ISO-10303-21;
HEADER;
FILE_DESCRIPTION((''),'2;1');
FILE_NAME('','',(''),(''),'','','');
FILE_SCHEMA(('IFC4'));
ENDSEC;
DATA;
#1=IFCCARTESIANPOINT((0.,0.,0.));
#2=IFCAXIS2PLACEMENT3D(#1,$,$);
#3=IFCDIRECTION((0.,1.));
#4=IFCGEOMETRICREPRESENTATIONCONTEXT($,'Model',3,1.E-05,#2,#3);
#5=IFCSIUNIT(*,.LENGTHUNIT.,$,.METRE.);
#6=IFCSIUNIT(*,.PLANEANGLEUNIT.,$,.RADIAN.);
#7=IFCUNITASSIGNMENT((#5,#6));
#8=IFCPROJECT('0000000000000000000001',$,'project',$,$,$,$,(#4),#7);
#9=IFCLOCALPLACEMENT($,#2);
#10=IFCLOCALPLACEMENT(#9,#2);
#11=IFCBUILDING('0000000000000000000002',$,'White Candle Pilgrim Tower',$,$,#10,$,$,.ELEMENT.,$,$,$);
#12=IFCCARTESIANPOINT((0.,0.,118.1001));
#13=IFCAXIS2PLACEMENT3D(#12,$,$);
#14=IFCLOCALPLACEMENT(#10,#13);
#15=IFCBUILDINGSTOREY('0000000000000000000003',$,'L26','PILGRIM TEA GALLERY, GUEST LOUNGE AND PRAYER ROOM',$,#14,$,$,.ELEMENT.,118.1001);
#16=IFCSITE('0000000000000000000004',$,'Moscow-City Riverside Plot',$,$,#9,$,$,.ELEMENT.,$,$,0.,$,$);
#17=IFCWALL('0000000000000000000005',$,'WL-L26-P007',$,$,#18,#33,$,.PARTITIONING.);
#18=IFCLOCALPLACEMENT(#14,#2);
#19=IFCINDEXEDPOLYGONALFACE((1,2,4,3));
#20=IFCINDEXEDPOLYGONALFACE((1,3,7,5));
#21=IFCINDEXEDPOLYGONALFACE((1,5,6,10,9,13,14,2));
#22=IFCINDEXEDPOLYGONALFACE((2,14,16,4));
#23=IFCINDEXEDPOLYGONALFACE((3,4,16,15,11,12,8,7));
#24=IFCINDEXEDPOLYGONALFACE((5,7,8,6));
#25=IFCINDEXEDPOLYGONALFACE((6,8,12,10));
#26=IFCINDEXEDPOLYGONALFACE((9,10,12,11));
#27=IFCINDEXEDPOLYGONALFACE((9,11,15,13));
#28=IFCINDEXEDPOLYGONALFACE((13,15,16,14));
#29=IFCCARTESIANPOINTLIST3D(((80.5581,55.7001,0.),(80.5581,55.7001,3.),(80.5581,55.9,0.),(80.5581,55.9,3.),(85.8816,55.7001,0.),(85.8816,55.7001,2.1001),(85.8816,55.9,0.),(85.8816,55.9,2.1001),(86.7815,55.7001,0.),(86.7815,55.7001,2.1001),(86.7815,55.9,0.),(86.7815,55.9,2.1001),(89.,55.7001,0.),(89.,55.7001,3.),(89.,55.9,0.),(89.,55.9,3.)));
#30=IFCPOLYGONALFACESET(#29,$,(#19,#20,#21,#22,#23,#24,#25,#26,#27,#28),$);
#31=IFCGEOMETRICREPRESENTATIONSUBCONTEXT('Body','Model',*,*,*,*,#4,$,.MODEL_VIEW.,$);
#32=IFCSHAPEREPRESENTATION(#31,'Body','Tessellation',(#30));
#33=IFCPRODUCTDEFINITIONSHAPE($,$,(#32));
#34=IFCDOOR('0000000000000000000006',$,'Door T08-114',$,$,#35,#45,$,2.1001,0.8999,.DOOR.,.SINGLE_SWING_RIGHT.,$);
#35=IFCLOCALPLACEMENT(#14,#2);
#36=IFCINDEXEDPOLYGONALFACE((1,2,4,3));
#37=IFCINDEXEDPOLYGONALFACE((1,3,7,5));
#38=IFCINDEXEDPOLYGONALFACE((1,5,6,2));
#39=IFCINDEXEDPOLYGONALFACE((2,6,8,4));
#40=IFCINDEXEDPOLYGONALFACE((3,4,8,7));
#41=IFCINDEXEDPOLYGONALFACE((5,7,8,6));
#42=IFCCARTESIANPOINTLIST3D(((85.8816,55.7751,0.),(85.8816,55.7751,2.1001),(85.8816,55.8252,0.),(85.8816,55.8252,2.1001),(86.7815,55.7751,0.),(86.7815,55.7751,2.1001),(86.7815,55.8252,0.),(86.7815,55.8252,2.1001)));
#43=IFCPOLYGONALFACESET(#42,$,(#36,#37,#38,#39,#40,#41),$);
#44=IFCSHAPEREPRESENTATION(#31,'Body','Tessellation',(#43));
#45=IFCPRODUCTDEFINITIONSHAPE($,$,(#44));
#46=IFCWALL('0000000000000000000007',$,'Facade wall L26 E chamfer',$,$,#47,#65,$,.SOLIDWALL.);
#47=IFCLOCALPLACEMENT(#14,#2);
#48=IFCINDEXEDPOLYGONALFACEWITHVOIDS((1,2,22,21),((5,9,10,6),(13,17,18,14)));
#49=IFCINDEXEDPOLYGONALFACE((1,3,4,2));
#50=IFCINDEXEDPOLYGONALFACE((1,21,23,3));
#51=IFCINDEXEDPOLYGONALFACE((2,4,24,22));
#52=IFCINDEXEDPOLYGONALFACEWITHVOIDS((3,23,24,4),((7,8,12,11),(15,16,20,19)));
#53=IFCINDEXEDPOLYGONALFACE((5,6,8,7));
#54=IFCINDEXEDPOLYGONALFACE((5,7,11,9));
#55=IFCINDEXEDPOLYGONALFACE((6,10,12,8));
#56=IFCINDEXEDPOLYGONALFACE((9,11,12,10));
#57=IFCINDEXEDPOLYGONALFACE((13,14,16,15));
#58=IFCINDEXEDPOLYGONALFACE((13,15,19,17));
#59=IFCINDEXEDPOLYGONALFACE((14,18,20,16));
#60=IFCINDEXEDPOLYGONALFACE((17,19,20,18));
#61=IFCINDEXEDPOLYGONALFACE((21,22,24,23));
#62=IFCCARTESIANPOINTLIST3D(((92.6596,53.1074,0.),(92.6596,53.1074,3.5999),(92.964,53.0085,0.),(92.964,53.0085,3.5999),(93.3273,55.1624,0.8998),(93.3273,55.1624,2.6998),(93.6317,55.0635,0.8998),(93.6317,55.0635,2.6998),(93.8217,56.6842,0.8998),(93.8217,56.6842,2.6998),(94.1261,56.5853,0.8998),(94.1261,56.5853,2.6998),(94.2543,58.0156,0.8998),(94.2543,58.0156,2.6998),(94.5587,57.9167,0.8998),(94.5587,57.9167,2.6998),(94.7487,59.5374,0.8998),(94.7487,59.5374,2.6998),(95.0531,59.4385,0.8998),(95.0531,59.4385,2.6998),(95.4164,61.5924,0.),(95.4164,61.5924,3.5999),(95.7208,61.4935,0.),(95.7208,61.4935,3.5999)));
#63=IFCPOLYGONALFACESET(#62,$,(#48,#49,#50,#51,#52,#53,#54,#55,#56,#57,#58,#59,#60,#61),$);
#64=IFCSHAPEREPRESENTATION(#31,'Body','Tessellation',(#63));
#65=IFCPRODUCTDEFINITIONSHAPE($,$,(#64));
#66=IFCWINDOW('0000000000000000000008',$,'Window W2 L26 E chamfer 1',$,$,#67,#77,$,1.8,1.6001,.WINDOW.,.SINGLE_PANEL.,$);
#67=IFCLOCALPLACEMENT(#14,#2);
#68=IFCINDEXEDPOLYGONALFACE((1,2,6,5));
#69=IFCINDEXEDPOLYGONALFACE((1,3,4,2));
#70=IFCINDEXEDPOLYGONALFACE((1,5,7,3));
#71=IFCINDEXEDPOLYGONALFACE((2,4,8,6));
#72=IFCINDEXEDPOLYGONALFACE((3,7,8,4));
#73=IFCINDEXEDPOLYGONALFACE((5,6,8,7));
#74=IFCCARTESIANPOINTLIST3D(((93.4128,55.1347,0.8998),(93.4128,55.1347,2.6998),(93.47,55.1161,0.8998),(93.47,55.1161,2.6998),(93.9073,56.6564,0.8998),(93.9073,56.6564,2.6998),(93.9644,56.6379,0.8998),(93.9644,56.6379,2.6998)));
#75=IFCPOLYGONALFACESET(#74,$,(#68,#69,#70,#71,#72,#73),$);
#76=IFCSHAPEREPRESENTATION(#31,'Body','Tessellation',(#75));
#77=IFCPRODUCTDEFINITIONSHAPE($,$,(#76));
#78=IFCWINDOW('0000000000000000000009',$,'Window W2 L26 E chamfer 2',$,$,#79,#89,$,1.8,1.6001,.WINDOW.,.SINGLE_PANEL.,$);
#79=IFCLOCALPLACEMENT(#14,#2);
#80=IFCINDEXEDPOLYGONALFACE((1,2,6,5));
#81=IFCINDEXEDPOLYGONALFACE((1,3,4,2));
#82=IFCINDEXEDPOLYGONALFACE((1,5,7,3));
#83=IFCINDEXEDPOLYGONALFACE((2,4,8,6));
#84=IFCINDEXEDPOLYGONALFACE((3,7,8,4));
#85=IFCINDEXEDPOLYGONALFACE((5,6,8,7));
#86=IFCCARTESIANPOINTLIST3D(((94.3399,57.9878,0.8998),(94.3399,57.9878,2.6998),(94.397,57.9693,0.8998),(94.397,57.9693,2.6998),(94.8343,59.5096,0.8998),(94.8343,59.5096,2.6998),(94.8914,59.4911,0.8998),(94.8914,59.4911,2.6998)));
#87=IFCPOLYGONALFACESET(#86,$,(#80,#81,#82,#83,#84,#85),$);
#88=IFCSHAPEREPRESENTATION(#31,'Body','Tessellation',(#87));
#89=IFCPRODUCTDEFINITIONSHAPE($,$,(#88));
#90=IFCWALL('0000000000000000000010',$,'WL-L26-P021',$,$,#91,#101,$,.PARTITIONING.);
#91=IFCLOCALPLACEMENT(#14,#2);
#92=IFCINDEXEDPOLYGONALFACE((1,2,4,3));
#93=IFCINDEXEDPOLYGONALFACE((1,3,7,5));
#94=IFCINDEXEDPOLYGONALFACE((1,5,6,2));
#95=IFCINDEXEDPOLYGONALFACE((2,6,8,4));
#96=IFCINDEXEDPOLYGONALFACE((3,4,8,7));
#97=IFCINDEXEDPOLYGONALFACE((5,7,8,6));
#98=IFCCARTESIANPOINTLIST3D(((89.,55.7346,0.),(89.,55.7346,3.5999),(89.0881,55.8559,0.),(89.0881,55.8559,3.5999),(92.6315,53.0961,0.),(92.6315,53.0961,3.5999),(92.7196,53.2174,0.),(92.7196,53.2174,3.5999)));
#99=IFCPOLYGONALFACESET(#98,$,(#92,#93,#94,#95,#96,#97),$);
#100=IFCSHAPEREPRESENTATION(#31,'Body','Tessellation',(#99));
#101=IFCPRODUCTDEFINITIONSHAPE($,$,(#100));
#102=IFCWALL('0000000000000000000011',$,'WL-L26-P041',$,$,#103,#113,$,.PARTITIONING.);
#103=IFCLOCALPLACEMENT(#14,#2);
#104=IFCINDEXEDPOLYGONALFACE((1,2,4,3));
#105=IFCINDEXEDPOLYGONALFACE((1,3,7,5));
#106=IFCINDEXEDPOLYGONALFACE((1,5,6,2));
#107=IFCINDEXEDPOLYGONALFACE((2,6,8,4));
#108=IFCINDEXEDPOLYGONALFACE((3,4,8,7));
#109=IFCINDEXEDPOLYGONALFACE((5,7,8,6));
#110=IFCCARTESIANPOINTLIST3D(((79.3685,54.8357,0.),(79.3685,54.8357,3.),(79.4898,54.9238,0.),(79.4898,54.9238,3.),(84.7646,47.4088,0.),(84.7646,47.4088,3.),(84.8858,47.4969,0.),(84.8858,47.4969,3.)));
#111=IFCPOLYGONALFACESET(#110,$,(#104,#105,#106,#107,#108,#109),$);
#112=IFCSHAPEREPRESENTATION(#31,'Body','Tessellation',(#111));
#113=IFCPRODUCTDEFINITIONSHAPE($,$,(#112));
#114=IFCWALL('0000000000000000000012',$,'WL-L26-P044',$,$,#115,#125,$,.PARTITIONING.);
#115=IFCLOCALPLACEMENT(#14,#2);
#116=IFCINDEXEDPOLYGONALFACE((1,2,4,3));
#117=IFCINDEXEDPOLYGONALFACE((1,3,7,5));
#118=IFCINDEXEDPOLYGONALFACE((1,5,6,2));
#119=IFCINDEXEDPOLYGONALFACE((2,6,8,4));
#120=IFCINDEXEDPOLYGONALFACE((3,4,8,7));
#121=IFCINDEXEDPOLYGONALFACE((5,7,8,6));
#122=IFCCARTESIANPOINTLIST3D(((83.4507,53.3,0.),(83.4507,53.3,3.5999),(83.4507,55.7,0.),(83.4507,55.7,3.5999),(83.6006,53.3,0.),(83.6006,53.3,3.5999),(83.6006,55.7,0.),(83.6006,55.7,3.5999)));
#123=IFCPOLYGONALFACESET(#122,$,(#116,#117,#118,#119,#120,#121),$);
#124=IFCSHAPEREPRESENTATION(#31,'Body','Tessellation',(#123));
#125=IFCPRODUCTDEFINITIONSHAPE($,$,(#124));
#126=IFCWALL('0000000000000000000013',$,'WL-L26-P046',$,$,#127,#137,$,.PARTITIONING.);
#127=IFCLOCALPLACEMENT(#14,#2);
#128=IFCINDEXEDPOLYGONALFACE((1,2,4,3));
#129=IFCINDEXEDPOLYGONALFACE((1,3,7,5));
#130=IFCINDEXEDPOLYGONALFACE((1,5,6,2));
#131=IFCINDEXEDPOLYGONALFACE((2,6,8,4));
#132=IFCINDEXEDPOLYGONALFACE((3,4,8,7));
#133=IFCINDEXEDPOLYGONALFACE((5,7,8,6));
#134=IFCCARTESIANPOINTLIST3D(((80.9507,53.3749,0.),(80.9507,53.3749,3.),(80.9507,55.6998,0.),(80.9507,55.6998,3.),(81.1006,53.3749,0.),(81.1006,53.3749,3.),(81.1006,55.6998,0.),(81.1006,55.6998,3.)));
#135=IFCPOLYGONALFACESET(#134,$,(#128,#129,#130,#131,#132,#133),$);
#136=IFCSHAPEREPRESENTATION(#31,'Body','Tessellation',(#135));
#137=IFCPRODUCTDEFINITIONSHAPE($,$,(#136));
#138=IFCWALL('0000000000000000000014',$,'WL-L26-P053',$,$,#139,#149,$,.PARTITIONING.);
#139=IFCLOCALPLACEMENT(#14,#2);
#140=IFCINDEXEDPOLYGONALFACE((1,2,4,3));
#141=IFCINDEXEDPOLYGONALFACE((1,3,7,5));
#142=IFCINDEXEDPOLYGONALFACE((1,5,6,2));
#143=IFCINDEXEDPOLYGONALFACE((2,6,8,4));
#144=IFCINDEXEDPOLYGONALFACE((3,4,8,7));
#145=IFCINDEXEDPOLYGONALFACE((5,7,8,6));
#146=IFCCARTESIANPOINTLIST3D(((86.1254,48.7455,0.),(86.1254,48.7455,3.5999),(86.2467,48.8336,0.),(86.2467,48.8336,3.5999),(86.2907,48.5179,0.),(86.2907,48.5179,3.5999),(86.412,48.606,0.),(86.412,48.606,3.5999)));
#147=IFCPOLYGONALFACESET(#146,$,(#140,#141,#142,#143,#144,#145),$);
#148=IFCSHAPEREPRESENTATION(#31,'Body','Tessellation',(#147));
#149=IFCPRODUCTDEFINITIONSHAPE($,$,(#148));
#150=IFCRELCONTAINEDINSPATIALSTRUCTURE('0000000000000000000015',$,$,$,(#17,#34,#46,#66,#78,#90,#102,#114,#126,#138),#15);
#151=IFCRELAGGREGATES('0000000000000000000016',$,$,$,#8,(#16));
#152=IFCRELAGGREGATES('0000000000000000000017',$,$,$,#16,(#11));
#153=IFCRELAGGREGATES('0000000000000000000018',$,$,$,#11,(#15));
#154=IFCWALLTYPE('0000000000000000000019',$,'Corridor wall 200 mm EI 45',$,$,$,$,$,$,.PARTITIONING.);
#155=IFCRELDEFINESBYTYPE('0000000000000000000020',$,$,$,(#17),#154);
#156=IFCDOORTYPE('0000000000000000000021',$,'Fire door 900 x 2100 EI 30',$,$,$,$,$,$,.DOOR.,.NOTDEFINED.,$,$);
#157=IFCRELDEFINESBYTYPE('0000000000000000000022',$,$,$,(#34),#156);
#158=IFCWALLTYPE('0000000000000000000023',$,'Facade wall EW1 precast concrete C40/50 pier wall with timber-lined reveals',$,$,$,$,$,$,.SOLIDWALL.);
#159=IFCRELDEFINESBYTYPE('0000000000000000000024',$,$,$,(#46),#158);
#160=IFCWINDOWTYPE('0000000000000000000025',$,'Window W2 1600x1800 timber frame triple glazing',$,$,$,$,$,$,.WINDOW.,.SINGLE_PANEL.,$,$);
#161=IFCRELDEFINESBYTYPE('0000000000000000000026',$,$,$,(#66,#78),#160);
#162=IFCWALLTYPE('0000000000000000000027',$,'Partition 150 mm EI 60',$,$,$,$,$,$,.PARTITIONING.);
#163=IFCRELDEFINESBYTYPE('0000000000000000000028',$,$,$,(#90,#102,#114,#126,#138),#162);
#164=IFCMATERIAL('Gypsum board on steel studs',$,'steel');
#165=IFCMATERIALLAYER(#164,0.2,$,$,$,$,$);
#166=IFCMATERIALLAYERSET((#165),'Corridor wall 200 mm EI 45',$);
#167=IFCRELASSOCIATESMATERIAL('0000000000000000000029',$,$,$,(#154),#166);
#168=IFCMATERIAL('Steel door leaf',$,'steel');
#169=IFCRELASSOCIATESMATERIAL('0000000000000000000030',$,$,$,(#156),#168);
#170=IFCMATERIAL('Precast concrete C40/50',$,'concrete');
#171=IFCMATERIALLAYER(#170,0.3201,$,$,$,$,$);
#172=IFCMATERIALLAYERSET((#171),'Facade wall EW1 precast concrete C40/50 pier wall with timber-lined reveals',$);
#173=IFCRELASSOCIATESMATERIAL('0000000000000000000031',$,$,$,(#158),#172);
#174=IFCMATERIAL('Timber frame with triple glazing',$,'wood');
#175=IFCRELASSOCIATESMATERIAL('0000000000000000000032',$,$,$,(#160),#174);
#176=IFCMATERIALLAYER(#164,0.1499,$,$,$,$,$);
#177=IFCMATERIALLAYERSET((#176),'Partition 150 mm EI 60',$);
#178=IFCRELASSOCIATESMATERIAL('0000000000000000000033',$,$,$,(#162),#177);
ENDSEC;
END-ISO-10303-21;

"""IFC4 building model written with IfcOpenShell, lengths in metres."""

from ifc_helpers import new_model, si_unit, direction, frame, frame_2d, origin, place, context, subcontext, project, spatial, rectangle, extrude, material, layer, layer_set, type_object, element, fill, save


model = new_model("IFC4")

# Units and contexts
model_context = context("Model", 3, precision=1e-05, world=origin(), true_north=direction((0.0, 1.0)))
body_context = subcontext(model_context, "Body", "Model", "MODEL_VIEW")
ifc_project = project(units=[si_unit("LENGTHUNIT", "METRE"), si_unit("PLANEANGLEUNIT", "RADIAN")], contexts=[model_context])

# Site, building, storey
site_placement = place(None, origin())
site = spatial("IfcSite", under=ifc_project, at=site_placement, Name="Moscow-City Riverside Plot", CompositionType="ELEMENT", RefElevation=0.0)
building_placement = place(site_placement, origin())
building = spatial("IfcBuilding", under=site, at=building_placement, Name="White Candle Pilgrim Tower", CompositionType="ELEMENT")
storey_placement = place(building_placement, frame((0.0, 0.0, 118.1001)))
storey = spatial("IfcBuildingStorey", under=building, at=storey_placement, Name="L26", Description="PILGRIM TEA GALLERY, GUEST LOUNGE AND PRAYER ROOM", CompositionType="ELEMENT", Elevation=118.1001)

# Wall, opening, door
ifc_material_1 = material(Name="Gypsum board on steel studs", Category="steel")
ifc_layer_1 = layer(ifc_material_1, 0.2)
ifc_layer_set_1 = layer_set([ifc_layer_1], Name="Corridor wall 200 mm EI 45")
wall_type_1 = type_object("IfcWallType", Name="Corridor wall 200 mm EI 45", PredefinedType="PARTITIONING", material=ifc_layer_set_1)
wall_1_placement = place(storey_placement, frame((89.0, 55.8, 0.0), z_axis=(0.0, 0.0, 1.0), x_axis=(-1.0, 0.0, 0.0)))
wall_1 = element("IfcWall", 1, at=wall_1_placement, inside=storey, type_object=wall_type_1, Name="WL-L26-P007", PredefinedType="PARTITIONING", context=body_context, shape_type="SweptSolid", body=[
    extrude(rectangle(XDim=8.4419, YDim=0.2, at=frame_2d((4.2209, 0.0))), origin(), (0.0, 0.0, 1.0), 3.0),
])
opening_1_placement = place(wall_1_placement, frame((2.2185, 0.0, 0.0)))
opening_1 = element("IfcOpeningElement", 2, at=opening_1_placement, cuts=wall_1, PredefinedType="OPENING", context=body_context, shape_type="SweptSolid", body=[
    extrude(rectangle(XDim=0.8999, YDim=2.1001, at=frame_2d((0.45, 1.05))), frame((0.0, 0.1099, 0.0), z_axis=(0.0, -1.0, 0.0), x_axis=(1.0, 0.0, 0.0)), (0.0, 0.0, 1.0), 0.22),
])
ifc_material_2 = material(Name="Steel door leaf", Category="steel")
door_type_1 = type_object("IfcDoorType", Name="Fire door 900 x 2100 EI 30", OperationType="NOTDEFINED", PredefinedType="DOOR", material=ifc_material_2)
door_1_placement = place(opening_1_placement, origin())
door_1 = element("IfcDoor", 3, at=door_1_placement, inside=storey, type_object=door_type_1, Name="Door T08-114", OperationType="SINGLE_SWING_RIGHT", OverallHeight=2.1001, OverallWidth=0.8999, PredefinedType="DOOR", context=body_context, shape_type="SweptSolid", body=[
    extrude(rectangle(XDim=0.8999, YDim=2.1001, at=frame_2d((0.45, 1.05))), frame((0.0, 0.0249, 0.0), z_axis=(0.0, -1.0, 0.0), x_axis=(1.0, 0.0, 0.0)), (0.0, 0.0, 1.0), 0.05),
])
fill(opening_1, door_1)

# Wall, openings, windows
ifc_material_3 = material(Name="Precast concrete C40/50", Category="concrete")
ifc_layer_2 = layer(ifc_material_3, 0.3201)
ifc_layer_set_2 = layer_set([ifc_layer_2], Name="Facade wall EW1 precast concrete C40/50 pier wall with timber-lined reveals")
wall_type_2 = type_object("IfcWallType", Name="Facade wall EW1 precast concrete C40/50 pier wall with timber-lined reveals", PredefinedType="SOLIDWALL", material=ifc_layer_set_2)
wall_2_placement = place(storey_placement, frame((92.8118, 53.0579, 0.0), z_axis=(0.0, 0.0, 1.0), x_axis=(0.309003, 0.951061, 0.0)))
wall_2 = element("IfcWall", 4, at=wall_2_placement, inside=storey, type_object=wall_type_2, Name="Facade wall L26 E chamfer", PredefinedType="SOLIDWALL", context=body_context, shape_type="SweptSolid", body=[
    extrude(rectangle(XDim=8.9216, YDim=0.3201, at=frame_2d((4.4609, 0.0))), origin(), (0.0, 0.0, 1.0), 3.5999),
])
opening_2_placement = place(wall_2_placement, frame((2.1609, 0.0, 0.8999)))
opening_2 = element("IfcOpeningElement", 5, at=opening_2_placement, cuts=wall_2, PredefinedType="OPENING", context=body_context, shape_type="SweptSolid", body=[
    extrude(rectangle(XDim=1.6001, YDim=1.8, at=frame_2d((0.8, 0.8999))), frame((0.0, 0.1699, 0.0), z_axis=(0.0, -1.0, 0.0), x_axis=(1.0, 0.0, 0.0)), (0.0, 0.0, 1.0), 0.3401),
])
opening_3_placement = place(wall_2_placement, frame((5.1609, 0.0, 0.8999)))
opening_3 = element("IfcOpeningElement", 6, at=opening_3_placement, cuts=wall_2, PredefinedType="OPENING", context=body_context, shape_type="SweptSolid", body=[
    extrude(rectangle(XDim=1.6001, YDim=1.8, at=frame_2d((0.8, 0.8999))), frame((0.0, 0.1699, 0.0), z_axis=(0.0, -1.0, 0.0), x_axis=(1.0, 0.0, 0.0)), (0.0, 0.0, 1.0), 0.3401),
])
ifc_material_4 = material(Name="Timber frame with triple glazing", Category="wood")
window_type = type_object("IfcWindowType", Name="Window W2 1600x1800 timber frame triple glazing", PartitioningType="SINGLE_PANEL", PredefinedType="WINDOW", material=ifc_material_4)
window_1_placement = place(opening_2_placement, origin())
window_1 = element("IfcWindow", 7, at=window_1_placement, inside=storey, type_object=window_type, Name="Window W2 L26 E chamfer 1", OverallHeight=1.8, OverallWidth=1.6001, PartitioningType="SINGLE_PANEL", PredefinedType="WINDOW", context=body_context, shape_type="SweptSolid", body=[
    extrude(rectangle(XDim=1.6001, YDim=1.8, at=frame_2d((0.8, 0.8999))), frame((0.0, 0.0701, 0.0), z_axis=(0.0, -1.0, 0.0), x_axis=(1.0, 0.0, 0.0)), (0.0, 0.0, 1.0), 0.0601),
])
fill(opening_2, window_1)
window_2_placement = place(opening_3_placement, origin())
window_2 = element("IfcWindow", 8, at=window_2_placement, inside=storey, type_object=window_type, Name="Window W2 L26 E chamfer 2", OverallHeight=1.8, OverallWidth=1.6001, PartitioningType="SINGLE_PANEL", PredefinedType="WINDOW", context=body_context, shape_type="SweptSolid", body=[
    extrude(rectangle(XDim=1.6001, YDim=1.8, at=frame_2d((0.8, 0.8999))), frame((0.0, 0.0701, 0.0), z_axis=(0.0, -1.0, 0.0), x_axis=(1.0, 0.0, 0.0)), (0.0, 0.0, 1.0), 0.0601),
])
fill(opening_3, window_2)

# Walls
ifc_layer_3 = layer(ifc_material_1, 0.1499)
ifc_layer_set_3 = layer_set([ifc_layer_3], Name="Partition 150 mm EI 60")
wall_type_3 = type_object("IfcWallType", Name="Partition 150 mm EI 60", PredefinedType="PARTITIONING", material=ifc_layer_set_3)
wall_3_placement = place(storey_placement, frame((92.6755, 53.1567, 0.0), z_axis=(0.0, 0.0, 1.0), x_axis=(-0.809006, 0.5878, 0.0)))
element("IfcWall", 9, at=wall_3_placement, inside=storey, type_object=wall_type_3, Name="WL-L26-P021", PredefinedType="PARTITIONING", context=body_context, shape_type="SweptSolid", body=[
    extrude(rectangle(XDim=4.4888, YDim=0.1499, at=frame_2d((2.2444, 0.0))), origin(), (0.0, 0.0, 1.0), 3.5999),
])
wall_4_placement = place(storey_placement, frame((84.8252, 47.4529, 0.0), z_axis=(0.0, 0.0, 1.0), x_axis=(-0.587795, 0.80901, 0.0)))
element("IfcWall", 10, at=wall_4_placement, inside=storey, type_object=wall_type_3, Name="WL-L26-P041", PredefinedType="PARTITIONING", context=body_context, shape_type="SweptSolid", body=[
    extrude(rectangle(XDim=9.1802, YDim=0.1499, at=frame_2d((4.5901, 0.0))), origin(), (0.0, 0.0, 1.0), 3.0),
])
wall_5_placement = place(storey_placement, frame((83.5256, 55.7, 0.0), z_axis=(0.0, 0.0, 1.0), x_axis=(0.0, -1.0, 0.0)))
element("IfcWall", 11, at=wall_5_placement, inside=storey, type_object=wall_type_3, Name="WL-L26-P044", PredefinedType="PARTITIONING", context=body_context, shape_type="SweptSolid", body=[
    extrude(rectangle(XDim=2.3999, YDim=0.1499, at=frame_2d((1.2, 0.0))), origin(), (0.0, 0.0, 1.0), 3.5999),
])
wall_6_placement = place(storey_placement, frame((81.0256, 55.7, 0.0), z_axis=(0.0, 0.0, 1.0), x_axis=(0.0, -1.0, 0.0)))
element("IfcWall", 12, at=wall_6_placement, inside=storey, type_object=wall_type_3, Name="WL-L26-P046", PredefinedType="PARTITIONING", context=body_context, shape_type="SweptSolid", body=[
    extrude(rectangle(XDim=2.325, YDim=0.1499, at=frame_2d((1.1626, 0.0))), origin(), (0.0, 0.0, 1.0), 3.0),
])
wall_7_placement = place(storey_placement, frame((86.186, 48.7896, 0.0), z_axis=(0.0, 0.0, 1.0), x_axis=(0.587707, -0.809074, 0.0)))
element("IfcWall", 13, at=wall_7_placement, inside=storey, type_object=wall_type_3, Name="WL-L26-P053", PredefinedType="PARTITIONING", context=body_context, shape_type="SweptSolid", body=[
    extrude(rectangle(XDim=0.2812, YDim=0.1499, at=frame_2d((0.1406, 0.0))), origin(), (0.0, 0.0, 1.0), 3.5999),
])

save(model, "model.ifc")
